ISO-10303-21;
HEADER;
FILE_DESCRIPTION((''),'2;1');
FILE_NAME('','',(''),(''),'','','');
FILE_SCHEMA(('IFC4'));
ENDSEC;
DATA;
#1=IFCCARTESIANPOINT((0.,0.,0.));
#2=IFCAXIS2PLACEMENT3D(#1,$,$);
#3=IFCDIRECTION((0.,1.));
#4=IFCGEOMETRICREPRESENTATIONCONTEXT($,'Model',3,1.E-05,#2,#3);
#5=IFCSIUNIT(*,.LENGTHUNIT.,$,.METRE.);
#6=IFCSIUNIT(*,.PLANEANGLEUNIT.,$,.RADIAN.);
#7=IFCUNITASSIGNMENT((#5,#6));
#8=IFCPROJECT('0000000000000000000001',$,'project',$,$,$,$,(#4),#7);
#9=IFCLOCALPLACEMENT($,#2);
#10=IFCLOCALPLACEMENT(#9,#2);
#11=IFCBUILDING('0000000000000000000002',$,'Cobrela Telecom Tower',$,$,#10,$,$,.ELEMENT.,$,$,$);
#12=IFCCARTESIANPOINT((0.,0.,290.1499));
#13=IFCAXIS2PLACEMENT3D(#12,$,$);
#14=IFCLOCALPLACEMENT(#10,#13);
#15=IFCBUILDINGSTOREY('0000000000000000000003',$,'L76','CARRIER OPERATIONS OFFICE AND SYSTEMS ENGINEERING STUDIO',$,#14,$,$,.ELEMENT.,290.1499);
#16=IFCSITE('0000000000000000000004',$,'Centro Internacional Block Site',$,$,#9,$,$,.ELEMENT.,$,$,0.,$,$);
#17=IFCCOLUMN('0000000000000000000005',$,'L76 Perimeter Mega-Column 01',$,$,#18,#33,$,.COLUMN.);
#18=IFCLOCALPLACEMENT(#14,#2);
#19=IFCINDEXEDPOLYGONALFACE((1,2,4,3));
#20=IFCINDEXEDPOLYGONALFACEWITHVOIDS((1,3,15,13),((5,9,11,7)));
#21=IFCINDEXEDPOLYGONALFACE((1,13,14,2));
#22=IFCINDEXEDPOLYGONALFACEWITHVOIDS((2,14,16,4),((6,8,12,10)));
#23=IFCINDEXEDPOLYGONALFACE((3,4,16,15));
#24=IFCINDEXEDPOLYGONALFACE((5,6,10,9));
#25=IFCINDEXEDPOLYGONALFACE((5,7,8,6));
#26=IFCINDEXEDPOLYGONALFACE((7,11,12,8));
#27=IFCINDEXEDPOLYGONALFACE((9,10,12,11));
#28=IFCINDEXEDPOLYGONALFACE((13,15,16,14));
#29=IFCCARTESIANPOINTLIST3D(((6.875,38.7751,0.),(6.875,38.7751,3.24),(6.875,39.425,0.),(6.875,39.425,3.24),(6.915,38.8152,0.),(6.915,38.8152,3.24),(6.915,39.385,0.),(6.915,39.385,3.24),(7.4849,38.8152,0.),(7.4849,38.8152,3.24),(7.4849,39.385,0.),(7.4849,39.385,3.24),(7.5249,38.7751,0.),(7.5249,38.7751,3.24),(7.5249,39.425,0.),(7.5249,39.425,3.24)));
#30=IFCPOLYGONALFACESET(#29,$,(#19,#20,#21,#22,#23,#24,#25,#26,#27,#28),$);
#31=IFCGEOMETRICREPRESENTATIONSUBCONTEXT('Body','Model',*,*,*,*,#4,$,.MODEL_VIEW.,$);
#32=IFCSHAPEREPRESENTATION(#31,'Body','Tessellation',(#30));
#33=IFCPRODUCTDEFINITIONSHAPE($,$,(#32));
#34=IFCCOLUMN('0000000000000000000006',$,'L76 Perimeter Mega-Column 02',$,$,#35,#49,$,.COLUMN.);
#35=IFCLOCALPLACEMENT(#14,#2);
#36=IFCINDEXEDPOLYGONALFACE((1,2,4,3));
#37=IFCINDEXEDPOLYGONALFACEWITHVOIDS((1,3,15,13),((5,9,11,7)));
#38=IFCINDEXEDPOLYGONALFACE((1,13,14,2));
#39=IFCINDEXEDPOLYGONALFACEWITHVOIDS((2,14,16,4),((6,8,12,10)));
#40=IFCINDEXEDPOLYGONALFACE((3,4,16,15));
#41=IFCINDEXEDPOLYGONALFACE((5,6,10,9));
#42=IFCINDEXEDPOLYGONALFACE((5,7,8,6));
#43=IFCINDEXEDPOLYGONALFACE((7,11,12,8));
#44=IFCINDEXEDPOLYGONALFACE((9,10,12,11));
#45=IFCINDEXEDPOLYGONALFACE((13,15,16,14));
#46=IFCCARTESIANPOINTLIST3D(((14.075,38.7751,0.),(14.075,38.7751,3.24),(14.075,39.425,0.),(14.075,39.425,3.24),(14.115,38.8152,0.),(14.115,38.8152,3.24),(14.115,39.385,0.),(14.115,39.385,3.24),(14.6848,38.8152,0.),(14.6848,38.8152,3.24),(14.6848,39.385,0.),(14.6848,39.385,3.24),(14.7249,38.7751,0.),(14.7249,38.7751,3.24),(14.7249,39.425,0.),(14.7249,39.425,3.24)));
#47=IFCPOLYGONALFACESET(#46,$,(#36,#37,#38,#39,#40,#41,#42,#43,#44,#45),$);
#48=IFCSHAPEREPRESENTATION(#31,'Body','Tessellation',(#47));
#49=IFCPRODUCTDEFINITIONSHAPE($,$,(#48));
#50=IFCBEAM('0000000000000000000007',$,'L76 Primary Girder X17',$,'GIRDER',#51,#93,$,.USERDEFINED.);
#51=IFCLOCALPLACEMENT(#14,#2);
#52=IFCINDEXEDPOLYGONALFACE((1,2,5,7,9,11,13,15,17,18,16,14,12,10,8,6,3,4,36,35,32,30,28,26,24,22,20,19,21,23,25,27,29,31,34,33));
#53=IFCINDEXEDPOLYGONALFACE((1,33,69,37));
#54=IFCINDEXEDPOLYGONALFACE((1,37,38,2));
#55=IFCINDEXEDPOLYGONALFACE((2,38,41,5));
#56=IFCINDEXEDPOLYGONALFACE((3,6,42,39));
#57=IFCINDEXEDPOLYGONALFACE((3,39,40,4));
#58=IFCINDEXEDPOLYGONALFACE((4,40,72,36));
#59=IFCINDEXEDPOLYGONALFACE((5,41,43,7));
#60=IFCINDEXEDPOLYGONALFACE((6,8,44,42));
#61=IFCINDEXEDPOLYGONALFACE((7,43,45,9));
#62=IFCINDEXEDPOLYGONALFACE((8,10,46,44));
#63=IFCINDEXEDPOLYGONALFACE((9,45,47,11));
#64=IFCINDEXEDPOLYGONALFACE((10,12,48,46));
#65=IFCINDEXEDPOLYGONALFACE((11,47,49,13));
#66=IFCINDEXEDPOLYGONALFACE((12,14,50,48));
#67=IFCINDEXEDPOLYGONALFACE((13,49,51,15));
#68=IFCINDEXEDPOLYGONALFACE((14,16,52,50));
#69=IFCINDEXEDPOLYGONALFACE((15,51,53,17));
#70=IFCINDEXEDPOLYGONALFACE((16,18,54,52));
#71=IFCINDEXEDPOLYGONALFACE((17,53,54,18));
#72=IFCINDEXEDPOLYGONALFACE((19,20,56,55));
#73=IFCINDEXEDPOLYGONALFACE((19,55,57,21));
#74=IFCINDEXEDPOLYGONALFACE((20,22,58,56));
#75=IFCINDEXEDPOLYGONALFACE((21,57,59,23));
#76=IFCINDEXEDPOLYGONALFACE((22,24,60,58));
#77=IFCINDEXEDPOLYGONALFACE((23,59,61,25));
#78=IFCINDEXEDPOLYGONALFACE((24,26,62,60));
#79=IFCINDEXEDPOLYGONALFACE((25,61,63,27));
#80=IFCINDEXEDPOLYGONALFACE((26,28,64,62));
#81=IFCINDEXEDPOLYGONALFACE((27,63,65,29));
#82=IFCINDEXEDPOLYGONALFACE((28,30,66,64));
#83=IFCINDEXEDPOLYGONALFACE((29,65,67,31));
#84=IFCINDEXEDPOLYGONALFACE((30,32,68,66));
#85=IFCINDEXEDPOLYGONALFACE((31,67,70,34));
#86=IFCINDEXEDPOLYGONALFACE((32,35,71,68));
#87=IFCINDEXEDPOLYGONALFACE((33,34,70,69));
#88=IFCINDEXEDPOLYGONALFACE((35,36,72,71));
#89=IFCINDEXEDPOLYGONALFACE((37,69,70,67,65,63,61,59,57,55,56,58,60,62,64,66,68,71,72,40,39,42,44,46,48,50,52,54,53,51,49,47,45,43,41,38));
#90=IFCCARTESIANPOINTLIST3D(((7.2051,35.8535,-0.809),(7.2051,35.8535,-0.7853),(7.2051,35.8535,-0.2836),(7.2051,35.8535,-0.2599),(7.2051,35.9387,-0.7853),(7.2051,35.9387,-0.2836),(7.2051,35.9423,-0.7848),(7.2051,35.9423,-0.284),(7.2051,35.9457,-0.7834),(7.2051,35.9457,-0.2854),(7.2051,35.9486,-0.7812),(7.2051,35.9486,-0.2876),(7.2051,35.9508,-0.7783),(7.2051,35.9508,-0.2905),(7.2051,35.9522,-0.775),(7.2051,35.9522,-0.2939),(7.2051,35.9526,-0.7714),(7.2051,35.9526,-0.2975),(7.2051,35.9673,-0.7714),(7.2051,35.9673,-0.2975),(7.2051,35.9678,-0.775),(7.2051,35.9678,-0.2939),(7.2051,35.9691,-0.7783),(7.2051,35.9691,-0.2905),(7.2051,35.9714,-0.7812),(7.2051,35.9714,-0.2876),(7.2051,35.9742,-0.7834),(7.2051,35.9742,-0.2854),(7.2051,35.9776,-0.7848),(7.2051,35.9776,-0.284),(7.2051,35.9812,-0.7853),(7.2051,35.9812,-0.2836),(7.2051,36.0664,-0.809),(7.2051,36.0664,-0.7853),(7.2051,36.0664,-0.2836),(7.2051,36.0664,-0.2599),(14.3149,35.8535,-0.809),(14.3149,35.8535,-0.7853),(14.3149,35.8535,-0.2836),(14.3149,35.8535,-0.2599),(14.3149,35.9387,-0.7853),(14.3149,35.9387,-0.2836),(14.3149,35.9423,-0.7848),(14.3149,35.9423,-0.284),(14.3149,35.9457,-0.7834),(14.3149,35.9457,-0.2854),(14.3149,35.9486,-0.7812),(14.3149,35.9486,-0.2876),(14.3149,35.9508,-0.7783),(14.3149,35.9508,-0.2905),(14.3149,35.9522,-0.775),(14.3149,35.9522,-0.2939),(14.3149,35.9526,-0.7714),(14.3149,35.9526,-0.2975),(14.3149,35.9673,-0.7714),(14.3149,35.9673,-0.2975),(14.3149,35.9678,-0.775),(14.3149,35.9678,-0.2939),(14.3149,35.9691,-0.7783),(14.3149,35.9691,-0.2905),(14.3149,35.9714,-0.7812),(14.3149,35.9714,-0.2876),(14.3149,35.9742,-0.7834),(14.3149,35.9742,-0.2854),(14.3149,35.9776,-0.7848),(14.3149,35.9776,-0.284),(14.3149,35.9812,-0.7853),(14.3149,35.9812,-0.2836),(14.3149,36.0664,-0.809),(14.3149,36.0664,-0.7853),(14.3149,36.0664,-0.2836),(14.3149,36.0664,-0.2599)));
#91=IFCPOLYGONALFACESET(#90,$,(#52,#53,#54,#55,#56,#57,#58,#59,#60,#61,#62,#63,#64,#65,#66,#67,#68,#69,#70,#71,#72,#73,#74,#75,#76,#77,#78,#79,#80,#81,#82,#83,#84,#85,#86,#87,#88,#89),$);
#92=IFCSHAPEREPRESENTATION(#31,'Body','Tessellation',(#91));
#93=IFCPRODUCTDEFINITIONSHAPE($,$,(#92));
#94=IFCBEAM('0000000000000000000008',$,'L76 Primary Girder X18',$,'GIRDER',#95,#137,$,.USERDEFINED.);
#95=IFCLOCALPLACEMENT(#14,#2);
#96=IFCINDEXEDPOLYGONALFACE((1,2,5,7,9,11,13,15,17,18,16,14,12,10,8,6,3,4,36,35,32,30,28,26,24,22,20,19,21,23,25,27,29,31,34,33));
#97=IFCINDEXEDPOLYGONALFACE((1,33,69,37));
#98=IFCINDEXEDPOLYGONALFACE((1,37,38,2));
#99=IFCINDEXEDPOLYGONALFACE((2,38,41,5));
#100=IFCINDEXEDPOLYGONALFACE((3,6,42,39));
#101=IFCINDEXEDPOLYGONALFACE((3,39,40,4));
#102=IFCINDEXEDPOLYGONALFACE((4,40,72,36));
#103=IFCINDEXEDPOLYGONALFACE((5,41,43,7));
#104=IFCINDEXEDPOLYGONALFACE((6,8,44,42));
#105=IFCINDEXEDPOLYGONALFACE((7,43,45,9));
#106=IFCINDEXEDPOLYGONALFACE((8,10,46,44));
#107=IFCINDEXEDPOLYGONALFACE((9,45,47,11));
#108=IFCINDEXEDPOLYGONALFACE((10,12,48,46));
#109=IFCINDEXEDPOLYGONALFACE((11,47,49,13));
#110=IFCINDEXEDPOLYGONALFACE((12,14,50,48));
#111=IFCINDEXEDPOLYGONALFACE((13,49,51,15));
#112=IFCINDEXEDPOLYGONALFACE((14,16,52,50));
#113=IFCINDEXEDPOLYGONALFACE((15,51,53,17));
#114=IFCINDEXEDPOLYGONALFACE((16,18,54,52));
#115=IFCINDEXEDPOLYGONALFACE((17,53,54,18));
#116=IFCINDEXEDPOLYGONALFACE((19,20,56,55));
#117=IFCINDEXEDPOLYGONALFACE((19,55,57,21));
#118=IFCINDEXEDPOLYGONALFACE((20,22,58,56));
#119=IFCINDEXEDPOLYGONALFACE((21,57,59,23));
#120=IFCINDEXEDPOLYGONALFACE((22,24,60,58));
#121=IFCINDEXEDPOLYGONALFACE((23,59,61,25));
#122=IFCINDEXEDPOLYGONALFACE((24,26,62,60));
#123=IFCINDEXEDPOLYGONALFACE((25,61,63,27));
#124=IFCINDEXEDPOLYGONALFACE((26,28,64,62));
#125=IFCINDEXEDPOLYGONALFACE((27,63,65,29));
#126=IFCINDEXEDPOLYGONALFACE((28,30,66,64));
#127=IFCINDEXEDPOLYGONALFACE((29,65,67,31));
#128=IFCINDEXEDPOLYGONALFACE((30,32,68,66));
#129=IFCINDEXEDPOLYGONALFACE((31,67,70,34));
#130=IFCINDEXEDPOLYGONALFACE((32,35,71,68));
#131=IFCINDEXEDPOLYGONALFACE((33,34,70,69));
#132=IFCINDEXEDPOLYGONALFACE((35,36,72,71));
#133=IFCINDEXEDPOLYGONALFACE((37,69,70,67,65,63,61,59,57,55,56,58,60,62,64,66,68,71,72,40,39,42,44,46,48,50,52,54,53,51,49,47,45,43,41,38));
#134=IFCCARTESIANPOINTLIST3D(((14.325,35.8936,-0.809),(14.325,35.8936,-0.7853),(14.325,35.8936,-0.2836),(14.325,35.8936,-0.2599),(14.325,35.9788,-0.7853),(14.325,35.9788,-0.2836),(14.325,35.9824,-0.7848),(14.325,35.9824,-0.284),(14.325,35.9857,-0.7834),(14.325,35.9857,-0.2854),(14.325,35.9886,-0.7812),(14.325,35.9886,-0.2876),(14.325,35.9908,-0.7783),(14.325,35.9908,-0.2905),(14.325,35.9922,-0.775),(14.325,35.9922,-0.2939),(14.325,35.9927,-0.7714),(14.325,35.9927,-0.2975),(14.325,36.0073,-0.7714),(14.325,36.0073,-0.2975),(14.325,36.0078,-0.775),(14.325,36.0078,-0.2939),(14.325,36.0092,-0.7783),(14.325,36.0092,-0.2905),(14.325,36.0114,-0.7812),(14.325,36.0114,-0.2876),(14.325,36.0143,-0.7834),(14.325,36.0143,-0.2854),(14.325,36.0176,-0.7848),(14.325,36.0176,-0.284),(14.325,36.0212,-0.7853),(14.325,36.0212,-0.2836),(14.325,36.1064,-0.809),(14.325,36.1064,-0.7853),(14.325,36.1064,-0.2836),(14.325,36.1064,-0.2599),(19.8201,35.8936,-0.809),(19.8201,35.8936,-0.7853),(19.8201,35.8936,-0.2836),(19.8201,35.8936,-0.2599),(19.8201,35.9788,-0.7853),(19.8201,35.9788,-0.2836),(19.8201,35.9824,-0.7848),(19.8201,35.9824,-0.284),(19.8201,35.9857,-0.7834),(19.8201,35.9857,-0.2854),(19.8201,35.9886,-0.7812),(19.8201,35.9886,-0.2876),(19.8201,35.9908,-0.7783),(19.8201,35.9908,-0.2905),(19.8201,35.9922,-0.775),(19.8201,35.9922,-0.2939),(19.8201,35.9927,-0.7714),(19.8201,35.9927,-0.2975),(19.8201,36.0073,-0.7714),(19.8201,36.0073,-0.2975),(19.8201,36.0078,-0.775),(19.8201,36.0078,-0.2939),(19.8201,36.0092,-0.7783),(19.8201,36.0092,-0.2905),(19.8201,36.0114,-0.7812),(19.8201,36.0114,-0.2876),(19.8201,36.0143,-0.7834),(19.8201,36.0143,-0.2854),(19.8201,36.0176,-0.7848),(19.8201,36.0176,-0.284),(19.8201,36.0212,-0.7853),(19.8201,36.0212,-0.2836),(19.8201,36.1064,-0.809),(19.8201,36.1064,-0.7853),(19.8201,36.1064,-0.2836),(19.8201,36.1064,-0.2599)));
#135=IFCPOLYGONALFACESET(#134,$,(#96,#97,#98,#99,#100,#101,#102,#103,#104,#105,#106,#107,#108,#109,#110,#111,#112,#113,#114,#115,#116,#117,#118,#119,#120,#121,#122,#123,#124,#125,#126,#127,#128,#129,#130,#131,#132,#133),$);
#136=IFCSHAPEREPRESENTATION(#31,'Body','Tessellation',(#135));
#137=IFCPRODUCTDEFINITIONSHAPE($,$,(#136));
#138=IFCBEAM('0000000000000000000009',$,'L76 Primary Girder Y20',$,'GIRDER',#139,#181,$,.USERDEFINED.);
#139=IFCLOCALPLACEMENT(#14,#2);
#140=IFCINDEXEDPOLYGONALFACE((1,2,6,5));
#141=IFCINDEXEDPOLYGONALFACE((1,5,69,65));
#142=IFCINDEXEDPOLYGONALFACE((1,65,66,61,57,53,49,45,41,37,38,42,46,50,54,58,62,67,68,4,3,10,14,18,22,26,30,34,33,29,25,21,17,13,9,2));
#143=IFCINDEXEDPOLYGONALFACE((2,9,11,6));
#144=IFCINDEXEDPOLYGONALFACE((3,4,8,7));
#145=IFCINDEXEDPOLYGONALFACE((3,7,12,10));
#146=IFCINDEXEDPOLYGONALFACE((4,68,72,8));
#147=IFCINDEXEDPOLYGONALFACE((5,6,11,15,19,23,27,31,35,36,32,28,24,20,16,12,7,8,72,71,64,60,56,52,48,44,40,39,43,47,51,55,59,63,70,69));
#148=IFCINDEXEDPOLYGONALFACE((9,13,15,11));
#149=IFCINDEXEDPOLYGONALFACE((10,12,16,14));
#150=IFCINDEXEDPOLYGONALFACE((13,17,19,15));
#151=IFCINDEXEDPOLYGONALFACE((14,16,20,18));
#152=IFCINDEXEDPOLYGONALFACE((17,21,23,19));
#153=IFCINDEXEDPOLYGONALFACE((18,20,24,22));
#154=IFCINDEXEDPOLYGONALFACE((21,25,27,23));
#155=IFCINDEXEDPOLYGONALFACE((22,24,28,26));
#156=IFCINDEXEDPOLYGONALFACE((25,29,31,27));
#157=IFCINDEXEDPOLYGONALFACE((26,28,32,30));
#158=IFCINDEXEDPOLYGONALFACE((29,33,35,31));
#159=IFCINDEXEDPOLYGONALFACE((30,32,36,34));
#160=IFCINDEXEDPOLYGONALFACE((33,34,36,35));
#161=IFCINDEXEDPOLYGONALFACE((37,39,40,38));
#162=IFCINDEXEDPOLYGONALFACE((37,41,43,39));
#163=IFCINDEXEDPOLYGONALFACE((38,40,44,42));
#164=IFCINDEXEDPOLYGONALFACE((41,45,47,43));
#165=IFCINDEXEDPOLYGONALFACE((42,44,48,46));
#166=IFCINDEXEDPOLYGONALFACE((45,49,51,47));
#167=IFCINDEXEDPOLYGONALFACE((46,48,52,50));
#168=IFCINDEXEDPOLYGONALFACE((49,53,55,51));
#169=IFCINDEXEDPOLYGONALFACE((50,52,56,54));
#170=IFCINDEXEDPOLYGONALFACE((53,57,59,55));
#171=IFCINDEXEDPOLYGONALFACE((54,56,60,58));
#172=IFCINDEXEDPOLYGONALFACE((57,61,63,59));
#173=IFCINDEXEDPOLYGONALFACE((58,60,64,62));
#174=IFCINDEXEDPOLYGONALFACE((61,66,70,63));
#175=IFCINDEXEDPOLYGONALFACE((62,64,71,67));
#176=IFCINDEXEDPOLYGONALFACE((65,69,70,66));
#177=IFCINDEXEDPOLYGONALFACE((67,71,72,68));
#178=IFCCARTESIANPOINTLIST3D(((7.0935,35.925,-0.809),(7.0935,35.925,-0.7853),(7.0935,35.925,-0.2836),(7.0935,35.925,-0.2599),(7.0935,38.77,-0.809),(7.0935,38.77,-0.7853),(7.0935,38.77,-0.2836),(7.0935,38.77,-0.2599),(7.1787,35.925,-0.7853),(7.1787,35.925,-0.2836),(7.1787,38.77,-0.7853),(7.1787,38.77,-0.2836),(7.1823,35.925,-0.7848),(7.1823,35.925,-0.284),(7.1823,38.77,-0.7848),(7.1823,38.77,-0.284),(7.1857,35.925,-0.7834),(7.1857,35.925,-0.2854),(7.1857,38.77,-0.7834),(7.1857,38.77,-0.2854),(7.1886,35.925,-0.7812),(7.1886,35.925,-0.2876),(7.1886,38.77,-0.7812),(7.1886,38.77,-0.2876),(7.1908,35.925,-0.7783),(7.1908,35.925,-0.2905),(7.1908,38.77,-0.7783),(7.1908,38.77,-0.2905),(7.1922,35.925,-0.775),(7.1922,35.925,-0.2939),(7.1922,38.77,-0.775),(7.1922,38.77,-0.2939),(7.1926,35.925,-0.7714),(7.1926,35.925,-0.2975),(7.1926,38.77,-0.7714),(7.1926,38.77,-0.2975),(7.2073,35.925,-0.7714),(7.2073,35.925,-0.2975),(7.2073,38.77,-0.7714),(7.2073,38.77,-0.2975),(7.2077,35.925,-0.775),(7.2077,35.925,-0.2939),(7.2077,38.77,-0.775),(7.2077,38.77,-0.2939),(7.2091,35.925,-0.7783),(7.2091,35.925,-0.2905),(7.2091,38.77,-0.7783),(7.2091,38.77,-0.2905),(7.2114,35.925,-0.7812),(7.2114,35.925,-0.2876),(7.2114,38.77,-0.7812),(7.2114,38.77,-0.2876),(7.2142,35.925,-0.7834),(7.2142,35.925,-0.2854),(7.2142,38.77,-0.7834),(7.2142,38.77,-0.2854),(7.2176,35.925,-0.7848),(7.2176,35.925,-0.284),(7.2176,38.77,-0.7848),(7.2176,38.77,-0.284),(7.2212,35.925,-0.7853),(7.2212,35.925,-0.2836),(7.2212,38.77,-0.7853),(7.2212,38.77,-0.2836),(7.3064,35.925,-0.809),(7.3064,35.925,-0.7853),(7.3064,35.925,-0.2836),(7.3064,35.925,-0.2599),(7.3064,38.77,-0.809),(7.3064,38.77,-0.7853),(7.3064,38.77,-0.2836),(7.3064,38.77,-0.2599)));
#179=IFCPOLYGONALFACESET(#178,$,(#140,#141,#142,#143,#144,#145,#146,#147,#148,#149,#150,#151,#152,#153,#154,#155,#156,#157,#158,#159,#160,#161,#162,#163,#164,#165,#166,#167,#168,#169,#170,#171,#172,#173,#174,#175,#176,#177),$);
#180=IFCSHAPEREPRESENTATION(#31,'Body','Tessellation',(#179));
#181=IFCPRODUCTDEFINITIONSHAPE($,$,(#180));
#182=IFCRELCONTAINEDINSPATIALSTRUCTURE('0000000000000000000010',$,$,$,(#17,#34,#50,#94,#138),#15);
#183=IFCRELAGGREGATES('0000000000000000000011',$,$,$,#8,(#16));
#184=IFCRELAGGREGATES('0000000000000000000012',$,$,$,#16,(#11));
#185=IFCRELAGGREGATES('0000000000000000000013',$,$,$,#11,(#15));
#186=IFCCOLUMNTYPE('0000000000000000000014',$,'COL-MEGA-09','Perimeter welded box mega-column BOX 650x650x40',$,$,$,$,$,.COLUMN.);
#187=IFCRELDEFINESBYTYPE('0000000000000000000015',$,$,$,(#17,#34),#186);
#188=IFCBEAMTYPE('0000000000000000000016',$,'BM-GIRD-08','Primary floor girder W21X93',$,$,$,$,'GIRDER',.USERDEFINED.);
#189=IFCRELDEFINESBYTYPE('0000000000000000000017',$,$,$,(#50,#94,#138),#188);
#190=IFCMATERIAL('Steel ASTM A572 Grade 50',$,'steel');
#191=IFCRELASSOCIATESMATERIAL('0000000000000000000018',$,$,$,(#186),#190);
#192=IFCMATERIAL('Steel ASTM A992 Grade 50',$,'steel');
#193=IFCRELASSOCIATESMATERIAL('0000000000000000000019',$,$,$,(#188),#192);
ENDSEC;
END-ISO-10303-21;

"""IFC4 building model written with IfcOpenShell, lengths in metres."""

from ifc_helpers import new_model, si_unit, direction, frame, origin, origin_2d, place, context, subcontext, project, spatial, hollow_rectangle, i_section, extrude, material, material_profile, profile_set, type_object, element, save


model = new_model("IFC4")

# Units and contexts
model_context = context("Model", 3, precision=1e-05, world=origin(), true_north=direction((0.0, 1.0)))
body_context = subcontext(model_context, "Body", "Model", "MODEL_VIEW")
ifc_project = project(units=[si_unit("LENGTHUNIT", "METRE"), si_unit("PLANEANGLEUNIT", "RADIAN")], contexts=[model_context])

# Site, building, storey
site_placement = place(None, origin())
site = spatial("IfcSite", under=ifc_project, at=site_placement, Name="Centro Internacional Block Site", CompositionType="ELEMENT", RefElevation=0.0)
building_placement = place(site_placement, origin())
building = spatial("IfcBuilding", under=site, at=building_placement, Name="Cobrela Telecom Tower", CompositionType="ELEMENT")
storey_placement = place(building_placement, frame((0.0, 0.0, 290.1499)))
storey = spatial("IfcBuildingStorey", under=building, at=storey_placement, Name="L76", Description="CARRIER OPERATIONS OFFICE AND SYSTEMS ENGINEERING STUDIO", CompositionType="ELEMENT", Elevation=290.1499)

# Columns
ifc_material_1 = material(Name="Steel ASTM A572 Grade 50", Category="steel")
ifc_material_profile_1 = material_profile(ifc_material_1, hollow_rectangle(XDim=0.6499, YDim=0.6499, WallThickness=0.04, at=origin_2d()), Name="BOX 650x650x40")
ifc_profile_set_1 = profile_set([ifc_material_profile_1], Name="Steel ASTM A572 Grade 50")
column_type = type_object("IfcColumnType", Name="COL-MEGA-09", Description="Perimeter welded box mega-column BOX 650x650x40", PredefinedType="COLUMN", material=ifc_profile_set_1)
for number, where, z_axis, x_axis, name in (
    (1, (7.2, 39.1001, 0.0), (0.0, 0.0, 1.0), (1.0, 0.0, 0.0), "L76 Perimeter Mega-Column 01"),
    (2, (14.3999, 39.1001, 0.0), (0.0, 0.0, 1.0), (1.0, 0.0, 0.0), "L76 Perimeter Mega-Column 02"),
):
    element("IfcColumn", number, at=place(storey_placement, frame(where, z_axis=z_axis, x_axis=x_axis)), inside=storey, type_object=column_type, Name=name, PredefinedType="COLUMN", context=body_context, shape_type="SweptSolid", body=[
        extrude(hollow_rectangle(XDim=0.6499, YDim=0.6499, WallThickness=0.04, at=origin_2d()), origin(), (0.0, 0.0, 1.0), 3.24),
    ])

# Beams
ifc_material_2 = material(Name="Steel ASTM A992 Grade 50", Category="steel")
ifc_material_profile_2 = material_profile(ifc_material_2, i_section(OverallWidth=0.2129, OverallDepth=0.5491, WebThickness=0.0146, FlangeThickness=0.0237, FilletRadius=0.0139, at=origin_2d()), Name="W21X93")
ifc_profile_set_2 = profile_set([ifc_material_profile_2], Name="Steel ASTM A992 Grade 50")
beam_type_1 = type_object("IfcBeamType", Name="BM-GIRD-08", Description="Primary floor girder W21X93", ElementType="GIRDER", PredefinedType="USERDEFINED", material=ifc_profile_set_2)
beam_1_placement = place(storey_placement, frame((7.2051, 35.96, -0.5344), z_axis=(1.0, 0.0, 0.0), x_axis=(0.0, 1.0, 0.0)))
element("IfcBeam", 3, at=beam_1_placement, inside=storey, type_object=beam_type_1, Name="L76 Primary Girder X17", ObjectType="GIRDER", PredefinedType="USERDEFINED", context=body_context, shape_type="SweptSolid", body=[
    extrude(i_section(OverallWidth=0.2129, OverallDepth=0.5491, WebThickness=0.0146, FlangeThickness=0.0237, FilletRadius=0.0139, at=origin_2d()), origin(), (0.0, 0.0, 1.0), 7.1099),
])
beam_2_placement = place(storey_placement, frame((14.325, 36.0, -0.5344), z_axis=(1.0, 0.0, 0.0), x_axis=(0.0, 1.0, 0.0)))
element("IfcBeam", 4, at=beam_2_placement, inside=storey, type_object=beam_type_1, Name="L76 Primary Girder X18", ObjectType="GIRDER", PredefinedType="USERDEFINED", context=body_context, shape_type="SweptSolid", body=[
    extrude(i_section(OverallWidth=0.2129, OverallDepth=0.5491, WebThickness=0.0146, FlangeThickness=0.0237, FilletRadius=0.0139, at=origin_2d()), origin(), (0.0, 0.0, 1.0), 5.4951),
])
for number, where, z_axis, x_axis, name in (
    (5, (7.2, 35.925, -0.5344), (0.0, 1.0, 0.0), (-1.0, 0.0, 0.0), "L76 Primary Girder Y20"),
):
    element("IfcBeam", number, at=place(storey_placement, frame(where, z_axis=z_axis, x_axis=x_axis)), inside=storey, type_object=beam_type_1, Name=name, ObjectType="GIRDER", PredefinedType="USERDEFINED", context=body_context, shape_type="SweptSolid", body=[
        extrude(i_section(OverallWidth=0.2129, OverallDepth=0.5491, WebThickness=0.0146, FlangeThickness=0.0237, FilletRadius=0.0139, at=origin_2d()), origin(), (0.0, 0.0, 1.0), 2.845),
    ])

save(model, "model.ifc")
